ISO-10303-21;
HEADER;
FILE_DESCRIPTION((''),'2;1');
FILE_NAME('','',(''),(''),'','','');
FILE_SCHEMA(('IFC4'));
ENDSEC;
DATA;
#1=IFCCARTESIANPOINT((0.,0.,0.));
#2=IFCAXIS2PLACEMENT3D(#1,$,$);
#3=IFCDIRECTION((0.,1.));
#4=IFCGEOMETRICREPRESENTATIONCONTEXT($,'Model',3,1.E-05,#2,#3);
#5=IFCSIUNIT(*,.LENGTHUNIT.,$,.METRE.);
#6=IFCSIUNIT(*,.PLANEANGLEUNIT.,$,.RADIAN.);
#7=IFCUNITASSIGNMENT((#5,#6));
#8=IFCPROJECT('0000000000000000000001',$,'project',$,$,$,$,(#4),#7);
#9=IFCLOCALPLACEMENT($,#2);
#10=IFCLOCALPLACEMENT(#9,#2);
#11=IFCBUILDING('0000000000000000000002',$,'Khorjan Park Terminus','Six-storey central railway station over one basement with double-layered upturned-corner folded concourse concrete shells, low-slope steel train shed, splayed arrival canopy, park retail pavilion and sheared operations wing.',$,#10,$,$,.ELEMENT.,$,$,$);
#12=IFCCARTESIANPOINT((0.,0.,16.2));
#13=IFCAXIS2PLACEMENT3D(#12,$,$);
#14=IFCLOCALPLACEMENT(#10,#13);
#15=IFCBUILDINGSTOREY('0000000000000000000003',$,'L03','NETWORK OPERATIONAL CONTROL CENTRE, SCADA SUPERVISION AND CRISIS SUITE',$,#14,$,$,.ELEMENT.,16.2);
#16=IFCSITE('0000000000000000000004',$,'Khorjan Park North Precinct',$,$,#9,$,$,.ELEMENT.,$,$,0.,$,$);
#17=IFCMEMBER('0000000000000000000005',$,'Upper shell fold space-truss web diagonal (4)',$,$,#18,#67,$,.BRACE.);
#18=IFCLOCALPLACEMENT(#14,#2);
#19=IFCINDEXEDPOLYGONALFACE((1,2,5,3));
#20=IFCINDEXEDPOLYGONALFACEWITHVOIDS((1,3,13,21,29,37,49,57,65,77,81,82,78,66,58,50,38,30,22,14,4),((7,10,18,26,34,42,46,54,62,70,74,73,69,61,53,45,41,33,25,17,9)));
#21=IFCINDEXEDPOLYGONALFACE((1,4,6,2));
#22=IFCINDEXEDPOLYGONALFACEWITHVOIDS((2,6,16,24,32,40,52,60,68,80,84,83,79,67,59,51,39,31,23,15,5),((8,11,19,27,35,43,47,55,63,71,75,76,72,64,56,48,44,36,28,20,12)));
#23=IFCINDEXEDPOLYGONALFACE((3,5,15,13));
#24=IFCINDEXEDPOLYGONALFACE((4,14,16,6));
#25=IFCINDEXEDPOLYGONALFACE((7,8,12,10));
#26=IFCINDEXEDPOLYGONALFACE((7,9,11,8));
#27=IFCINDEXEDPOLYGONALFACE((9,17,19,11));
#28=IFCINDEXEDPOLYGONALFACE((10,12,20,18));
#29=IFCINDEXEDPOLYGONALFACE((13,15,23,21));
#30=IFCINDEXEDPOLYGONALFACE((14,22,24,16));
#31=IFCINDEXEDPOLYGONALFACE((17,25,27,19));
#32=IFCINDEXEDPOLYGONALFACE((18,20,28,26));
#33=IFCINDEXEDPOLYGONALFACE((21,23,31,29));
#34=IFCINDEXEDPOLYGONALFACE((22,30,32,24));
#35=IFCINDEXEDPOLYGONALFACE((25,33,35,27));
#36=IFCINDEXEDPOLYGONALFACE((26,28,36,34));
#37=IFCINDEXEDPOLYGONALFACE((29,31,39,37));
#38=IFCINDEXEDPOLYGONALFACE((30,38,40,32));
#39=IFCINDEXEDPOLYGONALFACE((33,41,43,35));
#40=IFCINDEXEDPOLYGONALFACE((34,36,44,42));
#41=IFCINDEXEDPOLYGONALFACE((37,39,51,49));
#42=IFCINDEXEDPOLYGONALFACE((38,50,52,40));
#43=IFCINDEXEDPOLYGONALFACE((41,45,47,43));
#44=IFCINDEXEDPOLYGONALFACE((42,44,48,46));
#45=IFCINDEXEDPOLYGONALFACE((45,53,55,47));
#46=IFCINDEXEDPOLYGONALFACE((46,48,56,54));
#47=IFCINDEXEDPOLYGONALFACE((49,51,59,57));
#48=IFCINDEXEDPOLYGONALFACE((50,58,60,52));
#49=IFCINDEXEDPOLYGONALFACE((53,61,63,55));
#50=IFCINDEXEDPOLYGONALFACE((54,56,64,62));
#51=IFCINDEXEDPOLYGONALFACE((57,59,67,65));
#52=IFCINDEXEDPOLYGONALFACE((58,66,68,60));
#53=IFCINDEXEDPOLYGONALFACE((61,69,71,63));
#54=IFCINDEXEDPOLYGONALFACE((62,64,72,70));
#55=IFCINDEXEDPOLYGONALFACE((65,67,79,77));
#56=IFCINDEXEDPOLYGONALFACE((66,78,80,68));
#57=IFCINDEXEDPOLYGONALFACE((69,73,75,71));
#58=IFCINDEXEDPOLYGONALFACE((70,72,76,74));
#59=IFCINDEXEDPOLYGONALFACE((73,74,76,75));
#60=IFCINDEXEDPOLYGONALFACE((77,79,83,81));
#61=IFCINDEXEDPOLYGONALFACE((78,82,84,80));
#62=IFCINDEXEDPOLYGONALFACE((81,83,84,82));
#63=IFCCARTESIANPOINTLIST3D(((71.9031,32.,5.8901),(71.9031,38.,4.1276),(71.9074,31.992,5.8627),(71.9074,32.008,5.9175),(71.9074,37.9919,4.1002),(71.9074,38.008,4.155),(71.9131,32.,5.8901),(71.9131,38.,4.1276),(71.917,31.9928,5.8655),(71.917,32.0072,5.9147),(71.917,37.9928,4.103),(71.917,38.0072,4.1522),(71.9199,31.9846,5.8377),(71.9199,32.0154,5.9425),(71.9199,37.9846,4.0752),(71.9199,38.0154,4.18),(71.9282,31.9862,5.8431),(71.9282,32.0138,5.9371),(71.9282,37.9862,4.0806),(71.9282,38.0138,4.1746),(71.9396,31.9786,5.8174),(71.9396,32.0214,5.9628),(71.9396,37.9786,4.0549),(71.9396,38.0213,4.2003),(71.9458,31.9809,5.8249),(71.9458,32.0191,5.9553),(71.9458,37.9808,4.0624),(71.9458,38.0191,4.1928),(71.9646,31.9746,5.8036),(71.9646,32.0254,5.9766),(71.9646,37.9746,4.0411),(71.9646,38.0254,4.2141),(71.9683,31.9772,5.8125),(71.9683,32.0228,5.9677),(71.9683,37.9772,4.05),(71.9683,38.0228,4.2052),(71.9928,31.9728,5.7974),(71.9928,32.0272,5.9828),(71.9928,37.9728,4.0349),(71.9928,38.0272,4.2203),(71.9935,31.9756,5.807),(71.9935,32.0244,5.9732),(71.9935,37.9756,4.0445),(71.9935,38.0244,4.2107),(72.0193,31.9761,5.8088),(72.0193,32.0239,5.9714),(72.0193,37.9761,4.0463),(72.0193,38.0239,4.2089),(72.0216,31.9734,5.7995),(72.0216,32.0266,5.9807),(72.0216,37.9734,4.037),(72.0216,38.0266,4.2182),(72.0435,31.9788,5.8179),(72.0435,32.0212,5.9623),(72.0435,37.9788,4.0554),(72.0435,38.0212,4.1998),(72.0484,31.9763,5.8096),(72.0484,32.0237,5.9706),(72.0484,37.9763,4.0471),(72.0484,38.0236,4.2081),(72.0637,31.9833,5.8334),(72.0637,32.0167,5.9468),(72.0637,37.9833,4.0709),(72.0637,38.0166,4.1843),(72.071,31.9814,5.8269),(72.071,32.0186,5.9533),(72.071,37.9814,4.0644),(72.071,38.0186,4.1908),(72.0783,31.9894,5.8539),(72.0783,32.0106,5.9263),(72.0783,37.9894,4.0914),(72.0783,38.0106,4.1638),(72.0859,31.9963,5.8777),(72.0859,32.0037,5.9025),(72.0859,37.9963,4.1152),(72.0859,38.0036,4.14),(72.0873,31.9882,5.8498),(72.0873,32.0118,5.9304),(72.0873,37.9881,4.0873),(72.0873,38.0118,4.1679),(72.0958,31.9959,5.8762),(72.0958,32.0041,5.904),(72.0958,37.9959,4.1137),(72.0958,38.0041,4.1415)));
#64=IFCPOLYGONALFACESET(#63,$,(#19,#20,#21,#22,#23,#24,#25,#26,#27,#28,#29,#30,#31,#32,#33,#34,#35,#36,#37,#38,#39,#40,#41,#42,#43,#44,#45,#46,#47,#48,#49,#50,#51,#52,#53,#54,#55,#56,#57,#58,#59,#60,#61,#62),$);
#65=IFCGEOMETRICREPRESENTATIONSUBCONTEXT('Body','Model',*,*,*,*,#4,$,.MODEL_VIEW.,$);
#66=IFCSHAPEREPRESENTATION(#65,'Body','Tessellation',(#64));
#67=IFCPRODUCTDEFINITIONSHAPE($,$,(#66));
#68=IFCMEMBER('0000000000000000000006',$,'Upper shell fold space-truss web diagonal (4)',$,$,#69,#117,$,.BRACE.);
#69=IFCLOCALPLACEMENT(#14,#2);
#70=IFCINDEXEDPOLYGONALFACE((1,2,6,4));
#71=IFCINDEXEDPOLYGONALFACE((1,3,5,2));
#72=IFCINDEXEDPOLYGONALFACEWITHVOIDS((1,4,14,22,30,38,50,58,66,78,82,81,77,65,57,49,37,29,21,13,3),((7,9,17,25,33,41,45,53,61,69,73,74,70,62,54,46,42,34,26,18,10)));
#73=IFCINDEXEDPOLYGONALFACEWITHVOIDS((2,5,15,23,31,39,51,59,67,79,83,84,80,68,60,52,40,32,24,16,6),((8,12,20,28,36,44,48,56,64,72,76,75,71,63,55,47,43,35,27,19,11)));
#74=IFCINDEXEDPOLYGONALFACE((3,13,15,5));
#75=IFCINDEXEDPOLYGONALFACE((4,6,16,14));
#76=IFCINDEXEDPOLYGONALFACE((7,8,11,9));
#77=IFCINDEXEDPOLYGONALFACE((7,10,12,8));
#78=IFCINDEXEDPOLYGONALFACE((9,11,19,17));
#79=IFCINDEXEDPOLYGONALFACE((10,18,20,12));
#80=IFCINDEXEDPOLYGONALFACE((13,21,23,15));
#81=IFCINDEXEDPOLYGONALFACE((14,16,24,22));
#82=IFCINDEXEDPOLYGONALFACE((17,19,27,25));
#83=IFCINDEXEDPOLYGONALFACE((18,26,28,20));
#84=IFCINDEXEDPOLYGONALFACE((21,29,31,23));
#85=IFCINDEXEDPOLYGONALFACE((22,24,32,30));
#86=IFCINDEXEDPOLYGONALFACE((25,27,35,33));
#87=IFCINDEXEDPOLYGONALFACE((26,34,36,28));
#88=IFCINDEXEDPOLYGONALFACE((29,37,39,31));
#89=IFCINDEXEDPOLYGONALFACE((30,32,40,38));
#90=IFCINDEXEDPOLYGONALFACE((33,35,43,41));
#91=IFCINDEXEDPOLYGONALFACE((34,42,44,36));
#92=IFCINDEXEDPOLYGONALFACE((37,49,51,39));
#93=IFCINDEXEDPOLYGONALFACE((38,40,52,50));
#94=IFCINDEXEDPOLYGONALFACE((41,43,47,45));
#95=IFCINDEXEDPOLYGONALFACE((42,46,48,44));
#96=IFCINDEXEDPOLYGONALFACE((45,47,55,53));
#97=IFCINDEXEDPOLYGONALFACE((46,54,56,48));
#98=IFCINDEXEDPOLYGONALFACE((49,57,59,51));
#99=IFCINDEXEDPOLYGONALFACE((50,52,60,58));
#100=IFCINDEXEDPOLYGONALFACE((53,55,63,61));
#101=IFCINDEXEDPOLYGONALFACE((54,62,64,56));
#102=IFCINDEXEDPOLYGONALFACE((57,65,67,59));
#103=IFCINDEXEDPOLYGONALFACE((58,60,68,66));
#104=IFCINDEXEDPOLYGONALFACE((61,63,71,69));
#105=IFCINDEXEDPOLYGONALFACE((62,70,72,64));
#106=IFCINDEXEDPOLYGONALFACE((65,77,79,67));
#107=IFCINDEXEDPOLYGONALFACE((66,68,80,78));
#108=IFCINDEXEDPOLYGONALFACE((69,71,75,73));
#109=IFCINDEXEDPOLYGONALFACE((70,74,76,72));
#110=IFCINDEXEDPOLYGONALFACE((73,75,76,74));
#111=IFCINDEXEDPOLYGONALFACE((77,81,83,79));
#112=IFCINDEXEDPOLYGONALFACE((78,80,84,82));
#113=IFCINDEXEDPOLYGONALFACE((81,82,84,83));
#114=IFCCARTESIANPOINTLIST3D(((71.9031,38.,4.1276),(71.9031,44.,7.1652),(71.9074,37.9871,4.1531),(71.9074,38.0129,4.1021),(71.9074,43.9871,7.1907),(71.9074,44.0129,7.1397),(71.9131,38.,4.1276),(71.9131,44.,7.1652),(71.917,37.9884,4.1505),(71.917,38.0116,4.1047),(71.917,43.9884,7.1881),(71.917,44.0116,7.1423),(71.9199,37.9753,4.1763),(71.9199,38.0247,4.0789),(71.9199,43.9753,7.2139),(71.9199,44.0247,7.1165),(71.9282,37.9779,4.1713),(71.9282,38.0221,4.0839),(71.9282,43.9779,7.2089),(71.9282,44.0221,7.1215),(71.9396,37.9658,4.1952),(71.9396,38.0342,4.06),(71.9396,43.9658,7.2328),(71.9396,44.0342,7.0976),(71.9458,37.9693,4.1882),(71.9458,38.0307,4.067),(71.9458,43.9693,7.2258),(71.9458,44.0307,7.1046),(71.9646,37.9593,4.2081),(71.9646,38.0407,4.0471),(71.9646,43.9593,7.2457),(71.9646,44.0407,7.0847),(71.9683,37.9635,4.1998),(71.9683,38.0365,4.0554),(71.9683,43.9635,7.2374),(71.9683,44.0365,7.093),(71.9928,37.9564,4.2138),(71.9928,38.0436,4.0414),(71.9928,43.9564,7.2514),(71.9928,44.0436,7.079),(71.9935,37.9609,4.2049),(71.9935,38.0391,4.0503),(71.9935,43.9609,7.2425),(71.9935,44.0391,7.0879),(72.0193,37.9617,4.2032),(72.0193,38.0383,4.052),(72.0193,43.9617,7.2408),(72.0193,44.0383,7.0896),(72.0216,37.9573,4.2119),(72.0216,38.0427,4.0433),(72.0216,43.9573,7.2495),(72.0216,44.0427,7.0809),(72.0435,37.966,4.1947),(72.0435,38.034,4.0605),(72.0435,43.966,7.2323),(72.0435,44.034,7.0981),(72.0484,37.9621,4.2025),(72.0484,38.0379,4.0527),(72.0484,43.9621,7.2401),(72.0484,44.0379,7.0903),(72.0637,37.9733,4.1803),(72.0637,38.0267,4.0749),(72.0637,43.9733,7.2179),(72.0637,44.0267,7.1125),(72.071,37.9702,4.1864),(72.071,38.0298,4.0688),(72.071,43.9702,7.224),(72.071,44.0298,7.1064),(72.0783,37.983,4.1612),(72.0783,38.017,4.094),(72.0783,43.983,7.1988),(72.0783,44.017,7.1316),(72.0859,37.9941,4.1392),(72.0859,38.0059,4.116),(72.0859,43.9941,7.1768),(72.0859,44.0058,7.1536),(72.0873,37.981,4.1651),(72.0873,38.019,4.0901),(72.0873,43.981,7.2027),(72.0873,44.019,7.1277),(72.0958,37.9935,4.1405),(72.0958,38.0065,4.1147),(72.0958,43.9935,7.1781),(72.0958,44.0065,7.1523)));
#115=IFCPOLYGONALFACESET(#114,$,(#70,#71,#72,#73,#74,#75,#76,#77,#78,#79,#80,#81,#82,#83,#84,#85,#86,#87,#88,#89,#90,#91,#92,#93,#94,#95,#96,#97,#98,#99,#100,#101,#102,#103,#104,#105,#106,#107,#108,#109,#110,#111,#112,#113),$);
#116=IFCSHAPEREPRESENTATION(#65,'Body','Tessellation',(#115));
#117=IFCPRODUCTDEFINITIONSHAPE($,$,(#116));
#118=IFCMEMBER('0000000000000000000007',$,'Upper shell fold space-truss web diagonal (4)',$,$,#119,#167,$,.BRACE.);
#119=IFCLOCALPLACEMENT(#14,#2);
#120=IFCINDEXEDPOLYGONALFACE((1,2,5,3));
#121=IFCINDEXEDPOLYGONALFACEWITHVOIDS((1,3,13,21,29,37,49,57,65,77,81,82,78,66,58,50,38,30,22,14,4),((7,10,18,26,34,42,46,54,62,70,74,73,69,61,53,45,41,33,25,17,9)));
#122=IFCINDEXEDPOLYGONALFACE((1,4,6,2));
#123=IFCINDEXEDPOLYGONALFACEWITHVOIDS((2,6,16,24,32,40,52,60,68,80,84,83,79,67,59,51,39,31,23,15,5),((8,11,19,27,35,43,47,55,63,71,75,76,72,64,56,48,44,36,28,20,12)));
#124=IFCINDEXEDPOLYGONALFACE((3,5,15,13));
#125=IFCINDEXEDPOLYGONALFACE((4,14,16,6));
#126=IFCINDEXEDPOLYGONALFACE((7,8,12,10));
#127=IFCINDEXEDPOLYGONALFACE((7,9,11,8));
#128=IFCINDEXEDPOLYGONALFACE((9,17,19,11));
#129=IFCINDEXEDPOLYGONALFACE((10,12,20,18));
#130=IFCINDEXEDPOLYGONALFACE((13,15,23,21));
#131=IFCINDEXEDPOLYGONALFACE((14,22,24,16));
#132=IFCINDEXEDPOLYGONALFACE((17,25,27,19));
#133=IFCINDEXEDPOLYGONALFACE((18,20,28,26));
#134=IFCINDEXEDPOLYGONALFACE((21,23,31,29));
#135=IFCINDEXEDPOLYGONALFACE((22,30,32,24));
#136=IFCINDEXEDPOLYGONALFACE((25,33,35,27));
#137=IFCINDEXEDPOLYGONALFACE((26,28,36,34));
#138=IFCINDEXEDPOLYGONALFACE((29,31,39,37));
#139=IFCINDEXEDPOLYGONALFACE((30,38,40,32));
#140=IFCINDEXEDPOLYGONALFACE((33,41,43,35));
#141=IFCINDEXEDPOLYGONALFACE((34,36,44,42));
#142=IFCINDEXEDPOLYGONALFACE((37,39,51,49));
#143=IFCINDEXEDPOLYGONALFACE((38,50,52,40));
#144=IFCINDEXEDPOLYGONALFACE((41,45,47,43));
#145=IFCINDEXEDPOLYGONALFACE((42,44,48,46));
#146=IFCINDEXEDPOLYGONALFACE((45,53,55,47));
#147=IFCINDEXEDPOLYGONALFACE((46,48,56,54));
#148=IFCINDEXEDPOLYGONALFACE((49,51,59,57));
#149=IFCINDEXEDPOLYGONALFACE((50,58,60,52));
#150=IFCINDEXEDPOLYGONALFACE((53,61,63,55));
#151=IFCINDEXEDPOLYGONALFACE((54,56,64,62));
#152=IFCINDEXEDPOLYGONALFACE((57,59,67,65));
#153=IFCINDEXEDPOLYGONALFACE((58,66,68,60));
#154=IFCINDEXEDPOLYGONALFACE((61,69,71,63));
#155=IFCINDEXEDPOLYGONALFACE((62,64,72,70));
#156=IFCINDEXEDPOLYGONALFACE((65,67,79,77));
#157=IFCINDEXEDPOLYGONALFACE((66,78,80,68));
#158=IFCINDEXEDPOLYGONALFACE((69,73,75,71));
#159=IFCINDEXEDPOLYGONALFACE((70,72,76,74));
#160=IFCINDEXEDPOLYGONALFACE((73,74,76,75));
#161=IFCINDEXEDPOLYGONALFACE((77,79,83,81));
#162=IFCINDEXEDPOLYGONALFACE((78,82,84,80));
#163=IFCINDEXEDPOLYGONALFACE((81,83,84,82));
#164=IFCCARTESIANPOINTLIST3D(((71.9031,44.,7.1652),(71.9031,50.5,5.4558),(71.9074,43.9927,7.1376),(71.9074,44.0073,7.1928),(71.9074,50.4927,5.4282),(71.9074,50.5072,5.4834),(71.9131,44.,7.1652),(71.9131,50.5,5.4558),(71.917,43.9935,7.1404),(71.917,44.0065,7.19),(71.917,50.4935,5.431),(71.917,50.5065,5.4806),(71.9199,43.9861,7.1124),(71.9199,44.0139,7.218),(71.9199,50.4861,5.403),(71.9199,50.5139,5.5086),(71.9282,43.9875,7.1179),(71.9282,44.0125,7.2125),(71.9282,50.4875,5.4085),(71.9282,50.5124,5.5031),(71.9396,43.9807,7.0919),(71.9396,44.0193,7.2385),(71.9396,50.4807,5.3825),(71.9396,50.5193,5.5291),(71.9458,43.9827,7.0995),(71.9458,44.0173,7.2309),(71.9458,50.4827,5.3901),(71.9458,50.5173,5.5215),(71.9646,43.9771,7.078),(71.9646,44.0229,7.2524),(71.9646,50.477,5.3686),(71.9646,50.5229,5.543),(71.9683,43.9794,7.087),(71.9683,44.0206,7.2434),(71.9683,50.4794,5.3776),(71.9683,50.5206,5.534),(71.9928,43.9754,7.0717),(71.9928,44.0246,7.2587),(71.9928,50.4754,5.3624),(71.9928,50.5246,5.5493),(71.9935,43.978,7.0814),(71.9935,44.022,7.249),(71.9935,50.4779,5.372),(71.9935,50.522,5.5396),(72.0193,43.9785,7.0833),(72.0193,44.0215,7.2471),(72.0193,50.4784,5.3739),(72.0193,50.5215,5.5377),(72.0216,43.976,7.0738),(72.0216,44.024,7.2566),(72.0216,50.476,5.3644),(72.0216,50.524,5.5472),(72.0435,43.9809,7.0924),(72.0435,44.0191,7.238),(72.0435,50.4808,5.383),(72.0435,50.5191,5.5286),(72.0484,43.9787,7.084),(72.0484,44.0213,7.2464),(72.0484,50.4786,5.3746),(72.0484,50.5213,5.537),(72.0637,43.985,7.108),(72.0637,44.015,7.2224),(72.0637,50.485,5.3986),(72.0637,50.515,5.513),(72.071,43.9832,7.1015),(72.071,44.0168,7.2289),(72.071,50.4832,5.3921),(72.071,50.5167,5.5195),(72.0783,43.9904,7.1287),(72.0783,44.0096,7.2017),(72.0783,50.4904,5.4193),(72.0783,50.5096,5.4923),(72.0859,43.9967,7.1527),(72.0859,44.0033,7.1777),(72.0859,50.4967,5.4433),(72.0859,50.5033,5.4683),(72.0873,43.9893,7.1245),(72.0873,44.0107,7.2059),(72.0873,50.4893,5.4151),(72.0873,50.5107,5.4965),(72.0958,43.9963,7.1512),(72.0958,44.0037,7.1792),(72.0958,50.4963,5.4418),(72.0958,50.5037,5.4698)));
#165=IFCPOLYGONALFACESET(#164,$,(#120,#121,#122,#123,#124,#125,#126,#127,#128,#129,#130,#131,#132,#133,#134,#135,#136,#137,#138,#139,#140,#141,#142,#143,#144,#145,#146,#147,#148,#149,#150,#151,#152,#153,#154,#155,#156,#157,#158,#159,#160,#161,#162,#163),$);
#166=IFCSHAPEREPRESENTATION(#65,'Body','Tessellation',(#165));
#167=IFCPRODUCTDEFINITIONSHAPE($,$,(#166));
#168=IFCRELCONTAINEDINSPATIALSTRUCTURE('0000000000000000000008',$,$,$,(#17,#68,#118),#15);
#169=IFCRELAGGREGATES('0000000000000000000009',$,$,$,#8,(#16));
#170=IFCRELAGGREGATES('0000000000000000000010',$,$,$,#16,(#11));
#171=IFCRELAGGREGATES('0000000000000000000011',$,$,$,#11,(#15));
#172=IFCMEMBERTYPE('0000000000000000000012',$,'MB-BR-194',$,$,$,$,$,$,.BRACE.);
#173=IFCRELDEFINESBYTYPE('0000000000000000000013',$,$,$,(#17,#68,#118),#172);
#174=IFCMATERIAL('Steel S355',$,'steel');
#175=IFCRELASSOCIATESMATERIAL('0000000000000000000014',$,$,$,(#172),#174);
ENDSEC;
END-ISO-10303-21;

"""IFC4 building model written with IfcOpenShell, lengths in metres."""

from ifc_helpers import new_model, si_unit, direction, frame, origin, origin_2d, place, context, subcontext, project, spatial, hollow_circle, extrude, material, material_profile, profile_set, type_object, element, save


model = new_model("IFC4")

# Units and contexts
model_context = context("Model", 3, precision=1e-05, world=origin(), true_north=direction((0.0, 1.0)))
body_context = subcontext(model_context, "Body", "Model", "MODEL_VIEW")
ifc_project = project(units=[si_unit("LENGTHUNIT", "METRE"), si_unit("PLANEANGLEUNIT", "RADIAN")], contexts=[model_context])

# Site, building, storey
site_placement = place(None, origin())
site = spatial("IfcSite", under=ifc_project, at=site_placement, Name="Khorjan Park North Precinct", CompositionType="ELEMENT", RefElevation=0.0)
building_placement = place(site_placement, origin())
building = spatial("IfcBuilding", under=site, at=building_placement, Name="Khorjan Park Terminus", Description="Six-storey central railway station over one basement with double-layered upturned-corner folded concourse concrete shells, low-slope steel train shed, splayed arrival canopy, park retail pavilion and sheared operations wing.", CompositionType="ELEMENT")
storey_placement = place(building_placement, frame((0.0, 0.0, 16.2)))
storey = spatial("IfcBuildingStorey", under=building, at=storey_placement, Name="L03", Description="NETWORK OPERATIONAL CONTROL CENTRE, SCADA SUPERVISION AND CRISIS SUITE", CompositionType="ELEMENT", Elevation=16.2)

# Members
ifc_material = material(Name="Steel S355", Category="steel")
ifc_material_profile_1 = material_profile(ifc_material, hollow_circle(Radius=0.0969, WallThickness=0.01, at=origin_2d()), Name="CHS 193.7x10")
ifc_profile_set_1 = profile_set([ifc_material_profile_1], Name="Steel S355")
member_type_1 = type_object("IfcMemberType", Name="MB-BR-194", PredefinedType="BRACE", material=ifc_profile_set_1)
member_1_placement = place(storey_placement, frame((72.0, 32.0, 5.8901), z_axis=(0.0, 0.959461, -0.281842), x_axis=(-1.0, 0.0, 0.0)))
element("IfcMember", 1, at=member_1_placement, inside=storey, type_object=member_type_1, Name="Upper shell fold space-truss web diagonal (4)", PredefinedType="BRACE", context=body_context, shape_type="SweptSolid", body=[
    extrude(hollow_circle(Radius=0.0969, WallThickness=0.01, at=origin_2d()), origin(), (0.0, 0.0, 1.0), 6.2535),
])
member_2_placement = place(storey_placement, frame((72.0, 38.0, 4.1276), z_axis=(0.0, 0.89218, 0.451681), x_axis=(-1.0, 0.0, 0.0)))
element("IfcMember", 2, at=member_2_placement, inside=storey, type_object=member_type_1, Name="Upper shell fold space-truss web diagonal (4)", PredefinedType="BRACE", context=body_context, shape_type="SweptSolid", body=[
    extrude(hollow_circle(Radius=0.0969, WallThickness=0.01, at=origin_2d()), origin(), (0.0, 0.0, 1.0), 6.7251),
])
member_3_placement = place(storey_placement, frame((72.0, 44.0, 7.1652), z_axis=(0.0, 0.967116, -0.254337), x_axis=(-1.0, 0.0, 0.0)))
element("IfcMember", 3, at=member_3_placement, inside=storey, type_object=member_type_1, Name="Upper shell fold space-truss web diagonal (4)", PredefinedType="BRACE", context=body_context, shape_type="SweptSolid", body=[
    extrude(hollow_circle(Radius=0.0969, WallThickness=0.01, at=origin_2d()), origin(), (0.0, 0.0, 1.0), 6.721),
])

save(model, "model.ifc")
